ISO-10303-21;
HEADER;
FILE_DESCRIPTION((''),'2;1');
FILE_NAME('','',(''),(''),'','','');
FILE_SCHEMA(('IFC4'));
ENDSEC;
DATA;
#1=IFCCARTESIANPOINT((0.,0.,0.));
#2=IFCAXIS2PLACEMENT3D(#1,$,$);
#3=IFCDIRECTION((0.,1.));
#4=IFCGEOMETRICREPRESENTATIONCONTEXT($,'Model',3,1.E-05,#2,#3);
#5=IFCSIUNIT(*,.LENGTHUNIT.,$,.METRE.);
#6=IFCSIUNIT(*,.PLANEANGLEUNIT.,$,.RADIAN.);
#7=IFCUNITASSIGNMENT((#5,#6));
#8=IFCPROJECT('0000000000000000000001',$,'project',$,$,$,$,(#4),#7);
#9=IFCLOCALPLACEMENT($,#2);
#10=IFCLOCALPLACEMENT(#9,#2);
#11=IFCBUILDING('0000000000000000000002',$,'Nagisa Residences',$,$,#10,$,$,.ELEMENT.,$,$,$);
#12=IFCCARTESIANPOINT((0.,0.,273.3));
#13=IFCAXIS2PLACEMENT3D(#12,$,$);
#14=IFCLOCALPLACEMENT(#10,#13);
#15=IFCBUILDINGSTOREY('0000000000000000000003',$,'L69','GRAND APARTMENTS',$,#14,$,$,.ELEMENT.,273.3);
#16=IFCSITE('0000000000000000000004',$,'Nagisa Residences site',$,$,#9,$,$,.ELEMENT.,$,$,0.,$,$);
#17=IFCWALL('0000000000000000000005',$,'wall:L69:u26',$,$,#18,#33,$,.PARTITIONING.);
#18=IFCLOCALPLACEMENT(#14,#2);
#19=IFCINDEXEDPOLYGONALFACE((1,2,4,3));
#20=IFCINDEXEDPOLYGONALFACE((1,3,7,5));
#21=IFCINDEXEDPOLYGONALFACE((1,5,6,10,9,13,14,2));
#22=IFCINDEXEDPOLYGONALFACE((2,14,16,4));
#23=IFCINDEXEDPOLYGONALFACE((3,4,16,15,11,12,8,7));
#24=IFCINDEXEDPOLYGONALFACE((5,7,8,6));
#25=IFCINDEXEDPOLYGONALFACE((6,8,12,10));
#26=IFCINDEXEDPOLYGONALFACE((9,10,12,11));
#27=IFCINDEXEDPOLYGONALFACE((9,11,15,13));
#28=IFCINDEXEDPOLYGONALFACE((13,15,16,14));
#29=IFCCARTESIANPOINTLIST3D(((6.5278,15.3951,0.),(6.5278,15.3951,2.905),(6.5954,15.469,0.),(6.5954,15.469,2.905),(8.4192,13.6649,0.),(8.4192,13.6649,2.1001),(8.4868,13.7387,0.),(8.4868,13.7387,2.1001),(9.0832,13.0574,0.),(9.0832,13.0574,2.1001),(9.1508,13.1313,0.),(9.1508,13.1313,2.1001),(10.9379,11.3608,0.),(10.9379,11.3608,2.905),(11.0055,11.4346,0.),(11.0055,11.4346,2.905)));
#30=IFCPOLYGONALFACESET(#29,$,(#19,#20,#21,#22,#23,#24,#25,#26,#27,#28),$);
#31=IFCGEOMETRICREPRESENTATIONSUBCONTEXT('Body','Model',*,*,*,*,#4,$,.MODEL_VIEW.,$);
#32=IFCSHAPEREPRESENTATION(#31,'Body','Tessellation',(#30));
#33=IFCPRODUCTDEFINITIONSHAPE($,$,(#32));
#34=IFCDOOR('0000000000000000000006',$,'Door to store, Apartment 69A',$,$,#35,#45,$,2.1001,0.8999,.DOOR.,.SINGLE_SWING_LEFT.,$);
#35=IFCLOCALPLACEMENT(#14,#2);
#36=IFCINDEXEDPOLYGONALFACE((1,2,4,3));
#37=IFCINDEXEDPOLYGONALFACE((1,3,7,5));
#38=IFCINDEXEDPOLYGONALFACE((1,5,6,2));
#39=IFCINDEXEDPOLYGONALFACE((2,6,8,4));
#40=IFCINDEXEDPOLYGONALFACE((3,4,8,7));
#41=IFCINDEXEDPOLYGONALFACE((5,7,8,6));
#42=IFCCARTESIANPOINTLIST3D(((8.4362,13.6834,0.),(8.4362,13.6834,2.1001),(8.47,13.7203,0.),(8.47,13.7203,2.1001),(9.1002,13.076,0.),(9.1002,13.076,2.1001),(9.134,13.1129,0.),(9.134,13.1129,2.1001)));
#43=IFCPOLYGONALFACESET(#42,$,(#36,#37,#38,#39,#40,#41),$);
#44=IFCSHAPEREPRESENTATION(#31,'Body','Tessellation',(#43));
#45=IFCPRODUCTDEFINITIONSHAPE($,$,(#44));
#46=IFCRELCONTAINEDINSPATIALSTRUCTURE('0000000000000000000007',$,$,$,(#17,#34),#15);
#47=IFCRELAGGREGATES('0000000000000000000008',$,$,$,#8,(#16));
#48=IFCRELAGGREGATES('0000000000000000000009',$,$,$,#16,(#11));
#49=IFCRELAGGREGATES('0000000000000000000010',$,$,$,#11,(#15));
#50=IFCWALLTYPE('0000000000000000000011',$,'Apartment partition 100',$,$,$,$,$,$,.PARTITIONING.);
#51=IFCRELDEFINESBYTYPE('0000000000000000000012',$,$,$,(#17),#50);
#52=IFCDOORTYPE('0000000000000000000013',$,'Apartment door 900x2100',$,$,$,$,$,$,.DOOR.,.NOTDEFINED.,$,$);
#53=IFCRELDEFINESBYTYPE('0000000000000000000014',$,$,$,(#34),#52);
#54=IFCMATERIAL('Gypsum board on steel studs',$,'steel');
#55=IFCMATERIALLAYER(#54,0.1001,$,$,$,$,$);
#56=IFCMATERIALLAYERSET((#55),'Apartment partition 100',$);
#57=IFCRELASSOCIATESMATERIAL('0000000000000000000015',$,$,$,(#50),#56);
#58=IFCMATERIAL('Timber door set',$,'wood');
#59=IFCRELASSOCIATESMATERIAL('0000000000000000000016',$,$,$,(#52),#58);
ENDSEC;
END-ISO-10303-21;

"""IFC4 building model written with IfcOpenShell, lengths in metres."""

from ifc_helpers import new_model, si_unit, direction, frame, frame_2d, origin, place, context, subcontext, project, spatial, rectangle, extrude, material, layer, layer_set, type_object, element, fill, save


model = new_model("IFC4")

# Units and contexts
model_context = context("Model", 3, precision=1e-05, world=origin(), true_north=direction((0.0, 1.0)))
body_context = subcontext(model_context, "Body", "Model", "MODEL_VIEW")
ifc_project = project(units=[si_unit("LENGTHUNIT", "METRE"), si_unit("PLANEANGLEUNIT", "RADIAN")], contexts=[model_context])

# Site, building, storey
site_placement = place(None, origin())
site = spatial("IfcSite", under=ifc_project, at=site_placement, Name="Nagisa Residences site", CompositionType="ELEMENT", RefElevation=0.0)
building_placement = place(site_placement, origin())
building = spatial("IfcBuilding", under=site, at=building_placement, Name="Nagisa Residences", CompositionType="ELEMENT")
storey_placement = place(building_placement, frame((0.0, 0.0, 273.3)))
storey = spatial("IfcBuildingStorey", under=building, at=storey_placement, Name="L69", Description="GRAND APARTMENTS", CompositionType="ELEMENT", Elevation=273.3)

# Wall, opening, door
ifc_material_1 = material(Name="Gypsum board on steel studs", Category="steel")
ifc_layer_1 = layer(ifc_material_1, 0.1001)
ifc_layer_set_1 = layer_set([ifc_layer_1], Name="Apartment partition 100")
wall_type_1 = type_object("IfcWallType", Name="Apartment partition 100", PredefinedType="PARTITIONING", material=ifc_layer_set_1)
ifc_material_2 = material(Name="Timber door set", Category="wood")
door_type_1 = type_object("IfcDoorType", Name="Apartment door 900x2100", OperationType="NOTDEFINED", PredefinedType="DOOR", material=ifc_material_2)
wall_1_placement = place(storey_placement, frame((10.9717, 11.3977, 0.0), z_axis=(0.0, 0.0, 1.0), x_axis=(-0.737839, 0.674977, 0.0)))
wall_1 = element("IfcWall", 1, at=wall_1_placement, inside=storey, type_object=wall_type_1, Name="wall:L69:u26", PredefinedType="PARTITIONING", context=body_context, shape_type="SweptSolid", body=[
    extrude(rectangle(XDim=5.9771, YDim=0.1001, at=frame_2d((2.9885, 0.0))), origin(), (0.0, 0.0, 1.0), 2.905),
])
opening_1_placement = place(wall_1_placement, frame((2.5137, 0.0, 0.0)))
opening_1 = element("IfcOpeningElement", 2, at=opening_1_placement, cuts=wall_1, PredefinedType="OPENING", context=body_context, shape_type="SweptSolid", body=[
    extrude(rectangle(XDim=0.8999, YDim=2.1001, at=frame_2d((0.45, 1.05))), frame((0.0, 0.0601, 0.0), z_axis=(0.0, -1.0, 0.0), x_axis=(1.0, 0.0, 0.0)), (0.0, 0.0, 1.0), 0.1201),
])
door_1_placement = place(opening_1_placement, origin())
door_1 = element("IfcDoor", 3, at=door_1_placement, inside=storey, type_object=door_type_1, Name="Door to store, Apartment 69A", OperationType="SINGLE_SWING_LEFT", OverallHeight=2.1001, OverallWidth=0.8999, PredefinedType="DOOR", context=body_context, shape_type="SweptSolid", body=[
    extrude(rectangle(XDim=0.8999, YDim=2.1001, at=frame_2d((0.45, 1.05))), frame((0.0, 0.0249, 0.0), z_axis=(0.0, -1.0, 0.0), x_axis=(1.0, 0.0, 0.0)), (0.0, 0.0, 1.0), 0.05),
])
fill(opening_1, door_1)

save(model, "model.ifc")
